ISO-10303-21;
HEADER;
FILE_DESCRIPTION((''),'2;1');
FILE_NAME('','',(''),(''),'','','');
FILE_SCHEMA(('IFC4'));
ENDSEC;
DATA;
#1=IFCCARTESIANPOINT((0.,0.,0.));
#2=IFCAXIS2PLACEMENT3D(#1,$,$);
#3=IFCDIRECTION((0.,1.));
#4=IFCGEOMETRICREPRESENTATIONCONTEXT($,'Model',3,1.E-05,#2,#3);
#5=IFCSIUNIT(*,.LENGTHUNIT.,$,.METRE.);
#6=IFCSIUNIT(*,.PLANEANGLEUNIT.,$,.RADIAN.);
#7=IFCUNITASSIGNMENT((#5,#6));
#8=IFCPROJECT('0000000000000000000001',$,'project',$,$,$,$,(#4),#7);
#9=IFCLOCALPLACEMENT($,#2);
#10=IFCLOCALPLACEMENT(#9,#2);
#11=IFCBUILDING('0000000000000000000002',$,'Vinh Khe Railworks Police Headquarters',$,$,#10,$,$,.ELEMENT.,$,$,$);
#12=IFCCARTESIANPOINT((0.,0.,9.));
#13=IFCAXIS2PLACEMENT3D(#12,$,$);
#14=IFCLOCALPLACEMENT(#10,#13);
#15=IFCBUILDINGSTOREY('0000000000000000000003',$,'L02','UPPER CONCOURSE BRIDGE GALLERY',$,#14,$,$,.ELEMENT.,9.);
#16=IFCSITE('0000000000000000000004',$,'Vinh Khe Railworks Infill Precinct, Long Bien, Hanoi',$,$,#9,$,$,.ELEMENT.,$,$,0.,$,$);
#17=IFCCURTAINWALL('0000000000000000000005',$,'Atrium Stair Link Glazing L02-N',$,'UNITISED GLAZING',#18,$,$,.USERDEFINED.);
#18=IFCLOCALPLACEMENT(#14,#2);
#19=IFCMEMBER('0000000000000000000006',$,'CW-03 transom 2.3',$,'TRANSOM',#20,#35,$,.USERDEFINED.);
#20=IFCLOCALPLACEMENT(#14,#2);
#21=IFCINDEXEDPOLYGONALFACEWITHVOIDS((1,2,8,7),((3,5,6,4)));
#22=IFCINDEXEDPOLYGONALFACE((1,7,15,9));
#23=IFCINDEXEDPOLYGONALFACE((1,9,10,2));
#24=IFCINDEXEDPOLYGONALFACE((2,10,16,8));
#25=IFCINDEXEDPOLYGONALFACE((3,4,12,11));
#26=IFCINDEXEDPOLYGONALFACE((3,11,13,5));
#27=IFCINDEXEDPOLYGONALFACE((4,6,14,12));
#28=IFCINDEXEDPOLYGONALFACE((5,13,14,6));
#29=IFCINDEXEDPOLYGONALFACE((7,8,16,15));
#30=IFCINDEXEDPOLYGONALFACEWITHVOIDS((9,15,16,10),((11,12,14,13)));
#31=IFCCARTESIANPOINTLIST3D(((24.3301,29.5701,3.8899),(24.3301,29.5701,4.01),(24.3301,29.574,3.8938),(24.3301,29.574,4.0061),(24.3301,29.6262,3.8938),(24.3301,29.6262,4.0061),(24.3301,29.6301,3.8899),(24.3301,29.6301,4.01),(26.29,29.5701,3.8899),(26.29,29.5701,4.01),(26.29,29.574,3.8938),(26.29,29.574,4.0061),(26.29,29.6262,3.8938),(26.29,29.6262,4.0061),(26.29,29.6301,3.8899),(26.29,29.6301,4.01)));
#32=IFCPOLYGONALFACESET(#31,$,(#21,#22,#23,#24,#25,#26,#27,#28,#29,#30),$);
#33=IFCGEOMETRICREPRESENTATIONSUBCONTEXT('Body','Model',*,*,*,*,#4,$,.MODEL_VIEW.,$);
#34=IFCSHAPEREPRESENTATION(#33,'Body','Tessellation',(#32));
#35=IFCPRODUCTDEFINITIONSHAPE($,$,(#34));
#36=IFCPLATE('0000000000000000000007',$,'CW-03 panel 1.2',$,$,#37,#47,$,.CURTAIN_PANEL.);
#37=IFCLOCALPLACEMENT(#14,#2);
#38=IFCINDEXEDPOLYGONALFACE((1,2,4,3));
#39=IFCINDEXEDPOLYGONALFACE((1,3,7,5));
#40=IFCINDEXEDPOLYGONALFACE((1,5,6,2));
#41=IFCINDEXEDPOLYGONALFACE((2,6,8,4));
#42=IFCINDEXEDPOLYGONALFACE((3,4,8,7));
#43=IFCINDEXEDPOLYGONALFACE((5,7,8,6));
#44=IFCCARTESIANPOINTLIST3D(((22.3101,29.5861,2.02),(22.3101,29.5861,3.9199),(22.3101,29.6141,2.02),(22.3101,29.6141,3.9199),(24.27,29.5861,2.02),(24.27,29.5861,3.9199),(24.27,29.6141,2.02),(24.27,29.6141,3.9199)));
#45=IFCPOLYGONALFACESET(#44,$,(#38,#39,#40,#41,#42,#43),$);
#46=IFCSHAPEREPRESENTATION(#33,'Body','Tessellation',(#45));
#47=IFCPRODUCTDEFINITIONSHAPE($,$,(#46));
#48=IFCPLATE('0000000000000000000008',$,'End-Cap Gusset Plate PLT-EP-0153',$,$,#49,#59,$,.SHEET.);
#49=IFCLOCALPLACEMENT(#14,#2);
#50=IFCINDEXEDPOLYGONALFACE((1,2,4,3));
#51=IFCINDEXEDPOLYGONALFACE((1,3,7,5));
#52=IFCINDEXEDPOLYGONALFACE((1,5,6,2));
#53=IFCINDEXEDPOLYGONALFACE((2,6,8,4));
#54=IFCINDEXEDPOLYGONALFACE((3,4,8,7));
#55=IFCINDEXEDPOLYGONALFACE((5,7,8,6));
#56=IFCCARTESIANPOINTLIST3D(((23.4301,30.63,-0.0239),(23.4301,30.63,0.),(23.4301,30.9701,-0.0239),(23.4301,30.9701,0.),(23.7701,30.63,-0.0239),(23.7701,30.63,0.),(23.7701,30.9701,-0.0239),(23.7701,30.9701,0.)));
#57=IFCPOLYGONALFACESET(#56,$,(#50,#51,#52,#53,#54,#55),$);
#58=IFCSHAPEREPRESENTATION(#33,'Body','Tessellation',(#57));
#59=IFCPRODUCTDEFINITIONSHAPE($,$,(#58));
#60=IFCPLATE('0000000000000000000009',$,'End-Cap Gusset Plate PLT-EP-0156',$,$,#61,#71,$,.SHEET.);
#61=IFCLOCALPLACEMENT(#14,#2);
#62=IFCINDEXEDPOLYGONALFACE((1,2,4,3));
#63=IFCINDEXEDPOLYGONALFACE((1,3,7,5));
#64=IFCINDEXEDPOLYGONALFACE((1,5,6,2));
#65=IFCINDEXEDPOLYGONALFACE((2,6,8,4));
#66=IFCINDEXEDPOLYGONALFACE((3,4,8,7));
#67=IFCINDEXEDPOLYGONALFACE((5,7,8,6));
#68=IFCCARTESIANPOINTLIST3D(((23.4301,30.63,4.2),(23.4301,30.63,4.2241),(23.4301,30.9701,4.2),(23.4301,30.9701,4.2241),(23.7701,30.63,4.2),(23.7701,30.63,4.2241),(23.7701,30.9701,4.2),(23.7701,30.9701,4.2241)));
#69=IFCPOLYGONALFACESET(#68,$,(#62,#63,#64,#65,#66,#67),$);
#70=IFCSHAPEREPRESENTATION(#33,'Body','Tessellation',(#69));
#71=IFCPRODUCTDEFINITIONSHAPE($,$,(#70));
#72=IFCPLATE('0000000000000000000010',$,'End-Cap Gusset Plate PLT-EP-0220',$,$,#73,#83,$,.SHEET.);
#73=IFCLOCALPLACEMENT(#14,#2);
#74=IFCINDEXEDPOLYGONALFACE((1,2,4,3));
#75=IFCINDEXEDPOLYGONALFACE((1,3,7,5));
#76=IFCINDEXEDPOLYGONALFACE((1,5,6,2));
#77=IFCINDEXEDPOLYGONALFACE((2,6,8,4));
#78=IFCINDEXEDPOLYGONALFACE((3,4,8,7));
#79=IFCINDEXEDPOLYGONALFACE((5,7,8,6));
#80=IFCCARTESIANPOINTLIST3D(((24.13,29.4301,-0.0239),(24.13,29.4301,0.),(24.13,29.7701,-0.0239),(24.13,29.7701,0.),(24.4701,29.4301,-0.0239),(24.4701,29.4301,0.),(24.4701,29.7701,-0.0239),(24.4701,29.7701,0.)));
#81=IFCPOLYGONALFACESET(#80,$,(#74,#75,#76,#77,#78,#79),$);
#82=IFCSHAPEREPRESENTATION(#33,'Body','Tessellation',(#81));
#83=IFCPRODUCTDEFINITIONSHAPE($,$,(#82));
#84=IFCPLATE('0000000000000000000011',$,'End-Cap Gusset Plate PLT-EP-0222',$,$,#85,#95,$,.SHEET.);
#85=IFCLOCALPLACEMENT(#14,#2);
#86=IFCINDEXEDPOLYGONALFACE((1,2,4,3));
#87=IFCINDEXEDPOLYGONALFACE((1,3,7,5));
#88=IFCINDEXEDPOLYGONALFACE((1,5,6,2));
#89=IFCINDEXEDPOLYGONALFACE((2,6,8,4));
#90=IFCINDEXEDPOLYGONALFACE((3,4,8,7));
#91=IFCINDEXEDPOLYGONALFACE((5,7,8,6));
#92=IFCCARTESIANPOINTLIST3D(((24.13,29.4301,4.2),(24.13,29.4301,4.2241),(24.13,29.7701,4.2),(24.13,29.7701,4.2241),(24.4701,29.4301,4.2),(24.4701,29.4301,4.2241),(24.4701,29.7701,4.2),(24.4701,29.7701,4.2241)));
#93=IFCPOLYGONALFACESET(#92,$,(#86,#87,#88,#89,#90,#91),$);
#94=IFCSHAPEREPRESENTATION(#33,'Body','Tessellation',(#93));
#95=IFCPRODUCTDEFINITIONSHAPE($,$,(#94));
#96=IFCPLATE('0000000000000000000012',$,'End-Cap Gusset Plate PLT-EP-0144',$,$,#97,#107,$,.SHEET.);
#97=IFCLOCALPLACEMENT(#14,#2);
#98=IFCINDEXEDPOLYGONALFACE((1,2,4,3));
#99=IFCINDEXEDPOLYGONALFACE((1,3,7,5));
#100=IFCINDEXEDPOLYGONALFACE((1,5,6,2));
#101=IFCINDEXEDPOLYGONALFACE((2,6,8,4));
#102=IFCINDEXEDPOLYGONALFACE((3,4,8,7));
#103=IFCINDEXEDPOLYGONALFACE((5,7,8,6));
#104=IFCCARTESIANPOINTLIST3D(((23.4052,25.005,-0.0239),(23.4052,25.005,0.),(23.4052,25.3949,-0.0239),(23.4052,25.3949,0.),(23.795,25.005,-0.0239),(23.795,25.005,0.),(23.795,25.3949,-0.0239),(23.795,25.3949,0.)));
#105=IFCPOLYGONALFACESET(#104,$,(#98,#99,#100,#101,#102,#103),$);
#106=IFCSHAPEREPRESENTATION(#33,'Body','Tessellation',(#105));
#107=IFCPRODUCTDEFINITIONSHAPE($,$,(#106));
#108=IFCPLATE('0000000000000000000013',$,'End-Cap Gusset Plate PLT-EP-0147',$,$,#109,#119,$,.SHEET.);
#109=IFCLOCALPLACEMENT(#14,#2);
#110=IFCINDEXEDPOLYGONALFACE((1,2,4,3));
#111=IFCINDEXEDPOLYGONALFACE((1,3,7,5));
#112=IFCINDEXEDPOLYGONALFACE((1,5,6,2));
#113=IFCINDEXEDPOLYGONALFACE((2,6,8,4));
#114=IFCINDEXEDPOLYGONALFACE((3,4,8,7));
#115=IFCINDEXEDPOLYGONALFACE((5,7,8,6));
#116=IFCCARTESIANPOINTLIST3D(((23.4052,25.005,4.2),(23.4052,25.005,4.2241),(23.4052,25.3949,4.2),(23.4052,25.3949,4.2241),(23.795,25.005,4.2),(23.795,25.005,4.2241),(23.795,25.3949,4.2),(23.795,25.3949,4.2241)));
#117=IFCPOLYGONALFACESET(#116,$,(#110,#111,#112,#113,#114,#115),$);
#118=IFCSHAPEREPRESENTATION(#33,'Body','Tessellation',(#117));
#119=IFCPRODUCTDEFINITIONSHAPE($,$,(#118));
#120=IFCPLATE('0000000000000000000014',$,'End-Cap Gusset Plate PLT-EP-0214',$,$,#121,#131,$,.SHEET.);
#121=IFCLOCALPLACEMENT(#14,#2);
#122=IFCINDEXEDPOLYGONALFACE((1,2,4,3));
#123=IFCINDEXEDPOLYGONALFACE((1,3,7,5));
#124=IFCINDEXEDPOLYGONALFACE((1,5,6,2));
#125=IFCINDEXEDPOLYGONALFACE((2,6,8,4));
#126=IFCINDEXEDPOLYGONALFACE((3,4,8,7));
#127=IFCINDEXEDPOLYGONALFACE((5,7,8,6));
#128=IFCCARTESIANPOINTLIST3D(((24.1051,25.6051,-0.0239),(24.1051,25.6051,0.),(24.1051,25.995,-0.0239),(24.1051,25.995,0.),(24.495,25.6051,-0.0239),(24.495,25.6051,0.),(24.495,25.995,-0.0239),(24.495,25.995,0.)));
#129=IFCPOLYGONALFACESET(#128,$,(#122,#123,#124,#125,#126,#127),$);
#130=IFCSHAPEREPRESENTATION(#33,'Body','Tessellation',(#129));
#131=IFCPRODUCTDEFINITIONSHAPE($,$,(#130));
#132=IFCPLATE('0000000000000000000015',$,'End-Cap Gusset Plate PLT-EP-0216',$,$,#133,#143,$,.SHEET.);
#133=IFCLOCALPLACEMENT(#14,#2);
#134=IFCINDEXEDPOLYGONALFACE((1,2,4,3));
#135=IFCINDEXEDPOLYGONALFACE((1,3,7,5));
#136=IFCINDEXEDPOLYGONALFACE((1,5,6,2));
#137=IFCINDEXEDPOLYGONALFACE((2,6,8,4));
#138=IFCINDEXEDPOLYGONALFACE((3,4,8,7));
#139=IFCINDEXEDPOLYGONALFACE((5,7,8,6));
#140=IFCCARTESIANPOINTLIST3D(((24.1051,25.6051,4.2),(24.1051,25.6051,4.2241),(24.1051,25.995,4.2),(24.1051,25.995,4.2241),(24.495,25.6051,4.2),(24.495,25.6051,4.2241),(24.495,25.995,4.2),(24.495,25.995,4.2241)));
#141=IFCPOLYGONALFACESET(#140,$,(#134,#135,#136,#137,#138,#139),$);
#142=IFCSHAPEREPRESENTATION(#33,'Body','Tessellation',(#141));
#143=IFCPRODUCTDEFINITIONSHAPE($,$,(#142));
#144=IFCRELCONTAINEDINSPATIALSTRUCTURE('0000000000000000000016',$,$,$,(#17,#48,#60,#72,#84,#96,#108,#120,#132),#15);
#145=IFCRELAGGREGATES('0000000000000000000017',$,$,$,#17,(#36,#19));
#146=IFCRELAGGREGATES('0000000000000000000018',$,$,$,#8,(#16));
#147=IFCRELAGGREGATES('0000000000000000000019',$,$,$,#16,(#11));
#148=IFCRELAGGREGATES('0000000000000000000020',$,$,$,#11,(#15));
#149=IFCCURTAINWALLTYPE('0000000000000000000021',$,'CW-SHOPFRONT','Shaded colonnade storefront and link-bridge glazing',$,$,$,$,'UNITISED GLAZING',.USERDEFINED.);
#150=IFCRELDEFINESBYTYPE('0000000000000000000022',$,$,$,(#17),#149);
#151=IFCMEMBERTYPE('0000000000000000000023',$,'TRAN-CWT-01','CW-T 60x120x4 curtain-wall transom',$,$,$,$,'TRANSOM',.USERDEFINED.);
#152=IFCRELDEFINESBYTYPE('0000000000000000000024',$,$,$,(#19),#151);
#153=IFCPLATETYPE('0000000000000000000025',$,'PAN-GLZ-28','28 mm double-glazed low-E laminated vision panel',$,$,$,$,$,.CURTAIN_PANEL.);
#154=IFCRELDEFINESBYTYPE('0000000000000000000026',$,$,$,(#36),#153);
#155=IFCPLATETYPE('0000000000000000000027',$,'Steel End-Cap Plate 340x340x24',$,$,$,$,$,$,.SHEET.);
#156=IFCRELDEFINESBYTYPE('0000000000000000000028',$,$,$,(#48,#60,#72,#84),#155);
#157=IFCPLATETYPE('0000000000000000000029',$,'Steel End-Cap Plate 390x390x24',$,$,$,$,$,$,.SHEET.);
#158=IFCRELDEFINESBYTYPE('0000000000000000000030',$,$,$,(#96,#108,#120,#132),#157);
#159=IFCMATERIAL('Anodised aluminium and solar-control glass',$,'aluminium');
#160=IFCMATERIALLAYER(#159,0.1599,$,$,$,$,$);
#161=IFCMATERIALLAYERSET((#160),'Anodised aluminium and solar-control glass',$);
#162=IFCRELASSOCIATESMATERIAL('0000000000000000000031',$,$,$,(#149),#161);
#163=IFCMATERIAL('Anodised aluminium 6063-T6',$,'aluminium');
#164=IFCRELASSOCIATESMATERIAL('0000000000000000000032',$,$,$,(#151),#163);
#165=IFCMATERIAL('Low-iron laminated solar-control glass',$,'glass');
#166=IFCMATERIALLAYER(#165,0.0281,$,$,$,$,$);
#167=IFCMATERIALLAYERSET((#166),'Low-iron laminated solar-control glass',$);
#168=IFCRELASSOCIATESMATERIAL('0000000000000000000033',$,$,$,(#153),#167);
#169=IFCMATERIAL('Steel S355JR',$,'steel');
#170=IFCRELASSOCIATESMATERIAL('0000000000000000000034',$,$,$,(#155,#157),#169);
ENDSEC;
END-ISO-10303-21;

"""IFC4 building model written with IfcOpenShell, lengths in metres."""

from ifc_helpers import new_model, si_unit, direction, frame, origin, origin_2d, place, context, subcontext, project, spatial, rectangle, hollow_rectangle, extrude, material, layer, layer_set, material_profile, profile_set, type_object, element, aggregate, save


model = new_model("IFC4")

# Units and contexts
model_context = context("Model", 3, precision=1e-05, world=origin(), true_north=direction((0.0, 1.0)))
body_context = subcontext(model_context, "Body", "Model", "MODEL_VIEW")
ifc_project = project(units=[si_unit("LENGTHUNIT", "METRE"), si_unit("PLANEANGLEUNIT", "RADIAN")], contexts=[model_context])

# Site, building, storey
site_placement = place(None, origin())
site = spatial("IfcSite", under=ifc_project, at=site_placement, Name="Vinh Khe Railworks Infill Precinct, Long Bien, Hanoi", CompositionType="ELEMENT", RefElevation=0.0)
building_placement = place(site_placement, origin())
building = spatial("IfcBuilding", under=site, at=building_placement, Name="Vinh Khe Railworks Police Headquarters", CompositionType="ELEMENT")
storey_placement = place(building_placement, frame((0.0, 0.0, 9.0)))
storey = spatial("IfcBuildingStorey", under=building, at=storey_placement, Name="L02", Description="UPPER CONCOURSE BRIDGE GALLERY", CompositionType="ELEMENT", Elevation=9.0)

# Shared definitions
ifc_material_1 = material(Name="Steel S355JR", Category="steel")

# Curtain wall
ifc_material_2 = material(Name="Anodised aluminium and solar-control glass", Category="aluminium")
ifc_layer_1 = layer(ifc_material_2, 0.1599)
ifc_layer_set_1 = layer_set([ifc_layer_1], Name="Anodised aluminium and solar-control glass")
curtain_wall_type = type_object("IfcCurtainWallType", Name="CW-SHOPFRONT", Description="Shaded colonnade storefront and link-bridge glazing", ElementType="UNITISED GLAZING", PredefinedType="USERDEFINED", material=ifc_layer_set_1)
ifc_material_3 = material(Name="Anodised aluminium 6063-T6", Category="aluminium")
curtain_wall_1_placement = place(storey_placement, origin())
curtain_wall_1 = element("IfcCurtainWall", 1, at=curtain_wall_1_placement, inside=storey, type_object=curtain_wall_type, Name="Atrium Stair Link Glazing L02-N", ObjectType="UNITISED GLAZING", PredefinedType="USERDEFINED")

# Member
ifc_material_profile_1 = material_profile(ifc_material_3, hollow_rectangle(XDim=0.0601, YDim=0.1201, WallThickness=0.0039, at=origin_2d()), Name="CW-T 60x120x4")
ifc_profile_set_1 = profile_set([ifc_material_profile_1], Name="Anodised aluminium 6063-T6")
member_type_1 = type_object("IfcMemberType", Name="TRAN-CWT-01", Description="CW-T 60x120x4 curtain-wall transom", ElementType="TRANSOM", PredefinedType="USERDEFINED", material=ifc_profile_set_1)
member_1_placement = place(storey_placement, frame((24.3301, 29.6001, 3.95), z_axis=(1.0, 0.0, 0.0), x_axis=(0.0, 1.0, 0.0)))
member_1 = element("IfcMember", 2, at=member_1_placement, type_object=member_type_1, Name="CW-03 transom 2.3", ObjectType="TRANSOM", PredefinedType="USERDEFINED", context=body_context, shape_type="SweptSolid", body=[
    extrude(hollow_rectangle(XDim=0.0601, YDim=0.1201, WallThickness=0.0039, at=origin_2d()), origin(), (0.0, 0.0, 1.0), 1.96),
])

# Plate
ifc_material_4 = material(Name="Low-iron laminated solar-control glass", Category="glass")
ifc_layer_2 = layer(ifc_material_4, 0.0281)
ifc_layer_set_2 = layer_set([ifc_layer_2], Name="Low-iron laminated solar-control glass")
plate_type_1 = type_object("IfcPlateType", Name="PAN-GLZ-28", Description="28 mm double-glazed low-E laminated vision panel", PredefinedType="CURTAIN_PANEL", material=ifc_layer_set_2)
plate_1_placement = place(storey_placement, frame((23.29, 29.6001, 2.02), z_axis=(0.0, 0.0, 1.0), x_axis=(1.0, 0.0, 0.0)))
plate_1 = element("IfcPlate", 3, at=plate_1_placement, type_object=plate_type_1, Name="CW-03 panel 1.2", PredefinedType="CURTAIN_PANEL", context=body_context, shape_type="SweptSolid", body=[
    extrude(rectangle(XDim=1.96, YDim=0.0281, at=origin_2d()), origin(), (0.0, 0.0, 1.0), 1.8999),
])
aggregate(curtain_wall_1, [plate_1, member_1])

# Plates
ifc_material_profile_2 = material_profile(ifc_material_1, rectangle(XDim=0.3401, YDim=0.3401, at=origin_2d()), Name="PL 340x340")
ifc_profile_set_2 = profile_set([ifc_material_profile_2], Name="Steel S355JR")
plate_type_2 = type_object("IfcPlateType", Name="Steel End-Cap Plate 340x340x24", PredefinedType="SHEET", material=ifc_profile_set_2)
plate_2_placement = place(storey_placement, frame((23.6001, 30.8, 0.0), z_axis=(0.0, 0.0, -1.0), x_axis=(1.0, 0.0, 0.0)))
element("IfcPlate", 4, at=plate_2_placement, inside=storey, type_object=plate_type_2, Name="End-Cap Gusset Plate PLT-EP-0153", PredefinedType="SHEET", context=body_context, shape_type="SweptSolid", body=[
    extrude(rectangle(XDim=0.3401, YDim=0.3401, at=origin_2d()), origin(), (0.0, 0.0, 1.0), 0.0239),
])
plate_3_placement = place(storey_placement, frame((23.6001, 30.8, 4.2), z_axis=(0.0, 0.0, 1.0), x_axis=(1.0, 0.0, 0.0)))
element("IfcPlate", 5, at=plate_3_placement, inside=storey, type_object=plate_type_2, Name="End-Cap Gusset Plate PLT-EP-0156", PredefinedType="SHEET", context=body_context, shape_type="SweptSolid", body=[
    extrude(rectangle(XDim=0.3401, YDim=0.3401, at=origin_2d()), origin(), (0.0, 0.0, 1.0), 0.0242),
])
plate_4_placement = place(storey_placement, frame((24.3, 29.6001, 0.0), z_axis=(0.0, 0.0, -1.0), x_axis=(1.0, 0.0, 0.0)))
element("IfcPlate", 6, at=plate_4_placement, inside=storey, type_object=plate_type_2, Name="End-Cap Gusset Plate PLT-EP-0220", PredefinedType="SHEET", context=body_context, shape_type="SweptSolid", body=[
    extrude(rectangle(XDim=0.3401, YDim=0.3401, at=origin_2d()), origin(), (0.0, 0.0, 1.0), 0.0239),
])
plate_5_placement = place(storey_placement, frame((24.3, 29.6001, 4.2), z_axis=(0.0, 0.0, 1.0), x_axis=(1.0, 0.0, 0.0)))
element("IfcPlate", 7, at=plate_5_placement, inside=storey, type_object=plate_type_2, Name="End-Cap Gusset Plate PLT-EP-0222", PredefinedType="SHEET", context=body_context, shape_type="SweptSolid", body=[
    extrude(rectangle(XDim=0.3401, YDim=0.3401, at=origin_2d()), origin(), (0.0, 0.0, 1.0), 0.0242),
])
ifc_material_profile_3 = material_profile(ifc_material_1, rectangle(XDim=0.3899, YDim=0.3899, at=origin_2d()), Name="PL 390x390")
ifc_profile_set_3 = profile_set([ifc_material_profile_3], Name="Steel S355JR")
plate_type_3 = type_object("IfcPlateType", Name="Steel End-Cap Plate 390x390x24", PredefinedType="SHEET", material=ifc_profile_set_3)
plate_6_placement = place(storey_placement, frame((23.6001, 25.2, 0.0), z_axis=(0.0, 0.0, -1.0), x_axis=(1.0, 0.0, 0.0)))
element("IfcPlate", 8, at=plate_6_placement, inside=storey, type_object=plate_type_3, Name="End-Cap Gusset Plate PLT-EP-0144", PredefinedType="SHEET", context=body_context, shape_type="SweptSolid", body=[
    extrude(rectangle(XDim=0.3899, YDim=0.3899, at=origin_2d()), origin(), (0.0, 0.0, 1.0), 0.0239),
])
plate_7_placement = place(storey_placement, frame((23.6001, 25.2, 4.2), z_axis=(0.0, 0.0, 1.0), x_axis=(1.0, 0.0, 0.0)))
element("IfcPlate", 9, at=plate_7_placement, inside=storey, type_object=plate_type_3, Name="End-Cap Gusset Plate PLT-EP-0147", PredefinedType="SHEET", context=body_context, shape_type="SweptSolid", body=[
    extrude(rectangle(XDim=0.3899, YDim=0.3899, at=origin_2d()), origin(), (0.0, 0.0, 1.0), 0.0242),
])
plate_8_placement = place(storey_placement, frame((24.3, 25.8, 0.0), z_axis=(0.0, 0.0, -1.0), x_axis=(1.0, 0.0, 0.0)))
element("IfcPlate", 10, at=plate_8_placement, inside=storey, type_object=plate_type_3, Name="End-Cap Gusset Plate PLT-EP-0214", PredefinedType="SHEET", context=body_context, shape_type="SweptSolid", body=[
    extrude(rectangle(XDim=0.3899, YDim=0.3899, at=origin_2d()), origin(), (0.0, 0.0, 1.0), 0.0239),
])
plate_9_placement = place(storey_placement, frame((24.3, 25.8, 4.2), z_axis=(0.0, 0.0, 1.0), x_axis=(1.0, 0.0, 0.0)))
element("IfcPlate", 11, at=plate_9_placement, inside=storey, type_object=plate_type_3, Name="End-Cap Gusset Plate PLT-EP-0216", PredefinedType="SHEET", context=body_context, shape_type="SweptSolid", body=[
    extrude(rectangle(XDim=0.3899, YDim=0.3899, at=origin_2d()), origin(), (0.0, 0.0, 1.0), 0.0242),
])

save(model, "model.ifc")
